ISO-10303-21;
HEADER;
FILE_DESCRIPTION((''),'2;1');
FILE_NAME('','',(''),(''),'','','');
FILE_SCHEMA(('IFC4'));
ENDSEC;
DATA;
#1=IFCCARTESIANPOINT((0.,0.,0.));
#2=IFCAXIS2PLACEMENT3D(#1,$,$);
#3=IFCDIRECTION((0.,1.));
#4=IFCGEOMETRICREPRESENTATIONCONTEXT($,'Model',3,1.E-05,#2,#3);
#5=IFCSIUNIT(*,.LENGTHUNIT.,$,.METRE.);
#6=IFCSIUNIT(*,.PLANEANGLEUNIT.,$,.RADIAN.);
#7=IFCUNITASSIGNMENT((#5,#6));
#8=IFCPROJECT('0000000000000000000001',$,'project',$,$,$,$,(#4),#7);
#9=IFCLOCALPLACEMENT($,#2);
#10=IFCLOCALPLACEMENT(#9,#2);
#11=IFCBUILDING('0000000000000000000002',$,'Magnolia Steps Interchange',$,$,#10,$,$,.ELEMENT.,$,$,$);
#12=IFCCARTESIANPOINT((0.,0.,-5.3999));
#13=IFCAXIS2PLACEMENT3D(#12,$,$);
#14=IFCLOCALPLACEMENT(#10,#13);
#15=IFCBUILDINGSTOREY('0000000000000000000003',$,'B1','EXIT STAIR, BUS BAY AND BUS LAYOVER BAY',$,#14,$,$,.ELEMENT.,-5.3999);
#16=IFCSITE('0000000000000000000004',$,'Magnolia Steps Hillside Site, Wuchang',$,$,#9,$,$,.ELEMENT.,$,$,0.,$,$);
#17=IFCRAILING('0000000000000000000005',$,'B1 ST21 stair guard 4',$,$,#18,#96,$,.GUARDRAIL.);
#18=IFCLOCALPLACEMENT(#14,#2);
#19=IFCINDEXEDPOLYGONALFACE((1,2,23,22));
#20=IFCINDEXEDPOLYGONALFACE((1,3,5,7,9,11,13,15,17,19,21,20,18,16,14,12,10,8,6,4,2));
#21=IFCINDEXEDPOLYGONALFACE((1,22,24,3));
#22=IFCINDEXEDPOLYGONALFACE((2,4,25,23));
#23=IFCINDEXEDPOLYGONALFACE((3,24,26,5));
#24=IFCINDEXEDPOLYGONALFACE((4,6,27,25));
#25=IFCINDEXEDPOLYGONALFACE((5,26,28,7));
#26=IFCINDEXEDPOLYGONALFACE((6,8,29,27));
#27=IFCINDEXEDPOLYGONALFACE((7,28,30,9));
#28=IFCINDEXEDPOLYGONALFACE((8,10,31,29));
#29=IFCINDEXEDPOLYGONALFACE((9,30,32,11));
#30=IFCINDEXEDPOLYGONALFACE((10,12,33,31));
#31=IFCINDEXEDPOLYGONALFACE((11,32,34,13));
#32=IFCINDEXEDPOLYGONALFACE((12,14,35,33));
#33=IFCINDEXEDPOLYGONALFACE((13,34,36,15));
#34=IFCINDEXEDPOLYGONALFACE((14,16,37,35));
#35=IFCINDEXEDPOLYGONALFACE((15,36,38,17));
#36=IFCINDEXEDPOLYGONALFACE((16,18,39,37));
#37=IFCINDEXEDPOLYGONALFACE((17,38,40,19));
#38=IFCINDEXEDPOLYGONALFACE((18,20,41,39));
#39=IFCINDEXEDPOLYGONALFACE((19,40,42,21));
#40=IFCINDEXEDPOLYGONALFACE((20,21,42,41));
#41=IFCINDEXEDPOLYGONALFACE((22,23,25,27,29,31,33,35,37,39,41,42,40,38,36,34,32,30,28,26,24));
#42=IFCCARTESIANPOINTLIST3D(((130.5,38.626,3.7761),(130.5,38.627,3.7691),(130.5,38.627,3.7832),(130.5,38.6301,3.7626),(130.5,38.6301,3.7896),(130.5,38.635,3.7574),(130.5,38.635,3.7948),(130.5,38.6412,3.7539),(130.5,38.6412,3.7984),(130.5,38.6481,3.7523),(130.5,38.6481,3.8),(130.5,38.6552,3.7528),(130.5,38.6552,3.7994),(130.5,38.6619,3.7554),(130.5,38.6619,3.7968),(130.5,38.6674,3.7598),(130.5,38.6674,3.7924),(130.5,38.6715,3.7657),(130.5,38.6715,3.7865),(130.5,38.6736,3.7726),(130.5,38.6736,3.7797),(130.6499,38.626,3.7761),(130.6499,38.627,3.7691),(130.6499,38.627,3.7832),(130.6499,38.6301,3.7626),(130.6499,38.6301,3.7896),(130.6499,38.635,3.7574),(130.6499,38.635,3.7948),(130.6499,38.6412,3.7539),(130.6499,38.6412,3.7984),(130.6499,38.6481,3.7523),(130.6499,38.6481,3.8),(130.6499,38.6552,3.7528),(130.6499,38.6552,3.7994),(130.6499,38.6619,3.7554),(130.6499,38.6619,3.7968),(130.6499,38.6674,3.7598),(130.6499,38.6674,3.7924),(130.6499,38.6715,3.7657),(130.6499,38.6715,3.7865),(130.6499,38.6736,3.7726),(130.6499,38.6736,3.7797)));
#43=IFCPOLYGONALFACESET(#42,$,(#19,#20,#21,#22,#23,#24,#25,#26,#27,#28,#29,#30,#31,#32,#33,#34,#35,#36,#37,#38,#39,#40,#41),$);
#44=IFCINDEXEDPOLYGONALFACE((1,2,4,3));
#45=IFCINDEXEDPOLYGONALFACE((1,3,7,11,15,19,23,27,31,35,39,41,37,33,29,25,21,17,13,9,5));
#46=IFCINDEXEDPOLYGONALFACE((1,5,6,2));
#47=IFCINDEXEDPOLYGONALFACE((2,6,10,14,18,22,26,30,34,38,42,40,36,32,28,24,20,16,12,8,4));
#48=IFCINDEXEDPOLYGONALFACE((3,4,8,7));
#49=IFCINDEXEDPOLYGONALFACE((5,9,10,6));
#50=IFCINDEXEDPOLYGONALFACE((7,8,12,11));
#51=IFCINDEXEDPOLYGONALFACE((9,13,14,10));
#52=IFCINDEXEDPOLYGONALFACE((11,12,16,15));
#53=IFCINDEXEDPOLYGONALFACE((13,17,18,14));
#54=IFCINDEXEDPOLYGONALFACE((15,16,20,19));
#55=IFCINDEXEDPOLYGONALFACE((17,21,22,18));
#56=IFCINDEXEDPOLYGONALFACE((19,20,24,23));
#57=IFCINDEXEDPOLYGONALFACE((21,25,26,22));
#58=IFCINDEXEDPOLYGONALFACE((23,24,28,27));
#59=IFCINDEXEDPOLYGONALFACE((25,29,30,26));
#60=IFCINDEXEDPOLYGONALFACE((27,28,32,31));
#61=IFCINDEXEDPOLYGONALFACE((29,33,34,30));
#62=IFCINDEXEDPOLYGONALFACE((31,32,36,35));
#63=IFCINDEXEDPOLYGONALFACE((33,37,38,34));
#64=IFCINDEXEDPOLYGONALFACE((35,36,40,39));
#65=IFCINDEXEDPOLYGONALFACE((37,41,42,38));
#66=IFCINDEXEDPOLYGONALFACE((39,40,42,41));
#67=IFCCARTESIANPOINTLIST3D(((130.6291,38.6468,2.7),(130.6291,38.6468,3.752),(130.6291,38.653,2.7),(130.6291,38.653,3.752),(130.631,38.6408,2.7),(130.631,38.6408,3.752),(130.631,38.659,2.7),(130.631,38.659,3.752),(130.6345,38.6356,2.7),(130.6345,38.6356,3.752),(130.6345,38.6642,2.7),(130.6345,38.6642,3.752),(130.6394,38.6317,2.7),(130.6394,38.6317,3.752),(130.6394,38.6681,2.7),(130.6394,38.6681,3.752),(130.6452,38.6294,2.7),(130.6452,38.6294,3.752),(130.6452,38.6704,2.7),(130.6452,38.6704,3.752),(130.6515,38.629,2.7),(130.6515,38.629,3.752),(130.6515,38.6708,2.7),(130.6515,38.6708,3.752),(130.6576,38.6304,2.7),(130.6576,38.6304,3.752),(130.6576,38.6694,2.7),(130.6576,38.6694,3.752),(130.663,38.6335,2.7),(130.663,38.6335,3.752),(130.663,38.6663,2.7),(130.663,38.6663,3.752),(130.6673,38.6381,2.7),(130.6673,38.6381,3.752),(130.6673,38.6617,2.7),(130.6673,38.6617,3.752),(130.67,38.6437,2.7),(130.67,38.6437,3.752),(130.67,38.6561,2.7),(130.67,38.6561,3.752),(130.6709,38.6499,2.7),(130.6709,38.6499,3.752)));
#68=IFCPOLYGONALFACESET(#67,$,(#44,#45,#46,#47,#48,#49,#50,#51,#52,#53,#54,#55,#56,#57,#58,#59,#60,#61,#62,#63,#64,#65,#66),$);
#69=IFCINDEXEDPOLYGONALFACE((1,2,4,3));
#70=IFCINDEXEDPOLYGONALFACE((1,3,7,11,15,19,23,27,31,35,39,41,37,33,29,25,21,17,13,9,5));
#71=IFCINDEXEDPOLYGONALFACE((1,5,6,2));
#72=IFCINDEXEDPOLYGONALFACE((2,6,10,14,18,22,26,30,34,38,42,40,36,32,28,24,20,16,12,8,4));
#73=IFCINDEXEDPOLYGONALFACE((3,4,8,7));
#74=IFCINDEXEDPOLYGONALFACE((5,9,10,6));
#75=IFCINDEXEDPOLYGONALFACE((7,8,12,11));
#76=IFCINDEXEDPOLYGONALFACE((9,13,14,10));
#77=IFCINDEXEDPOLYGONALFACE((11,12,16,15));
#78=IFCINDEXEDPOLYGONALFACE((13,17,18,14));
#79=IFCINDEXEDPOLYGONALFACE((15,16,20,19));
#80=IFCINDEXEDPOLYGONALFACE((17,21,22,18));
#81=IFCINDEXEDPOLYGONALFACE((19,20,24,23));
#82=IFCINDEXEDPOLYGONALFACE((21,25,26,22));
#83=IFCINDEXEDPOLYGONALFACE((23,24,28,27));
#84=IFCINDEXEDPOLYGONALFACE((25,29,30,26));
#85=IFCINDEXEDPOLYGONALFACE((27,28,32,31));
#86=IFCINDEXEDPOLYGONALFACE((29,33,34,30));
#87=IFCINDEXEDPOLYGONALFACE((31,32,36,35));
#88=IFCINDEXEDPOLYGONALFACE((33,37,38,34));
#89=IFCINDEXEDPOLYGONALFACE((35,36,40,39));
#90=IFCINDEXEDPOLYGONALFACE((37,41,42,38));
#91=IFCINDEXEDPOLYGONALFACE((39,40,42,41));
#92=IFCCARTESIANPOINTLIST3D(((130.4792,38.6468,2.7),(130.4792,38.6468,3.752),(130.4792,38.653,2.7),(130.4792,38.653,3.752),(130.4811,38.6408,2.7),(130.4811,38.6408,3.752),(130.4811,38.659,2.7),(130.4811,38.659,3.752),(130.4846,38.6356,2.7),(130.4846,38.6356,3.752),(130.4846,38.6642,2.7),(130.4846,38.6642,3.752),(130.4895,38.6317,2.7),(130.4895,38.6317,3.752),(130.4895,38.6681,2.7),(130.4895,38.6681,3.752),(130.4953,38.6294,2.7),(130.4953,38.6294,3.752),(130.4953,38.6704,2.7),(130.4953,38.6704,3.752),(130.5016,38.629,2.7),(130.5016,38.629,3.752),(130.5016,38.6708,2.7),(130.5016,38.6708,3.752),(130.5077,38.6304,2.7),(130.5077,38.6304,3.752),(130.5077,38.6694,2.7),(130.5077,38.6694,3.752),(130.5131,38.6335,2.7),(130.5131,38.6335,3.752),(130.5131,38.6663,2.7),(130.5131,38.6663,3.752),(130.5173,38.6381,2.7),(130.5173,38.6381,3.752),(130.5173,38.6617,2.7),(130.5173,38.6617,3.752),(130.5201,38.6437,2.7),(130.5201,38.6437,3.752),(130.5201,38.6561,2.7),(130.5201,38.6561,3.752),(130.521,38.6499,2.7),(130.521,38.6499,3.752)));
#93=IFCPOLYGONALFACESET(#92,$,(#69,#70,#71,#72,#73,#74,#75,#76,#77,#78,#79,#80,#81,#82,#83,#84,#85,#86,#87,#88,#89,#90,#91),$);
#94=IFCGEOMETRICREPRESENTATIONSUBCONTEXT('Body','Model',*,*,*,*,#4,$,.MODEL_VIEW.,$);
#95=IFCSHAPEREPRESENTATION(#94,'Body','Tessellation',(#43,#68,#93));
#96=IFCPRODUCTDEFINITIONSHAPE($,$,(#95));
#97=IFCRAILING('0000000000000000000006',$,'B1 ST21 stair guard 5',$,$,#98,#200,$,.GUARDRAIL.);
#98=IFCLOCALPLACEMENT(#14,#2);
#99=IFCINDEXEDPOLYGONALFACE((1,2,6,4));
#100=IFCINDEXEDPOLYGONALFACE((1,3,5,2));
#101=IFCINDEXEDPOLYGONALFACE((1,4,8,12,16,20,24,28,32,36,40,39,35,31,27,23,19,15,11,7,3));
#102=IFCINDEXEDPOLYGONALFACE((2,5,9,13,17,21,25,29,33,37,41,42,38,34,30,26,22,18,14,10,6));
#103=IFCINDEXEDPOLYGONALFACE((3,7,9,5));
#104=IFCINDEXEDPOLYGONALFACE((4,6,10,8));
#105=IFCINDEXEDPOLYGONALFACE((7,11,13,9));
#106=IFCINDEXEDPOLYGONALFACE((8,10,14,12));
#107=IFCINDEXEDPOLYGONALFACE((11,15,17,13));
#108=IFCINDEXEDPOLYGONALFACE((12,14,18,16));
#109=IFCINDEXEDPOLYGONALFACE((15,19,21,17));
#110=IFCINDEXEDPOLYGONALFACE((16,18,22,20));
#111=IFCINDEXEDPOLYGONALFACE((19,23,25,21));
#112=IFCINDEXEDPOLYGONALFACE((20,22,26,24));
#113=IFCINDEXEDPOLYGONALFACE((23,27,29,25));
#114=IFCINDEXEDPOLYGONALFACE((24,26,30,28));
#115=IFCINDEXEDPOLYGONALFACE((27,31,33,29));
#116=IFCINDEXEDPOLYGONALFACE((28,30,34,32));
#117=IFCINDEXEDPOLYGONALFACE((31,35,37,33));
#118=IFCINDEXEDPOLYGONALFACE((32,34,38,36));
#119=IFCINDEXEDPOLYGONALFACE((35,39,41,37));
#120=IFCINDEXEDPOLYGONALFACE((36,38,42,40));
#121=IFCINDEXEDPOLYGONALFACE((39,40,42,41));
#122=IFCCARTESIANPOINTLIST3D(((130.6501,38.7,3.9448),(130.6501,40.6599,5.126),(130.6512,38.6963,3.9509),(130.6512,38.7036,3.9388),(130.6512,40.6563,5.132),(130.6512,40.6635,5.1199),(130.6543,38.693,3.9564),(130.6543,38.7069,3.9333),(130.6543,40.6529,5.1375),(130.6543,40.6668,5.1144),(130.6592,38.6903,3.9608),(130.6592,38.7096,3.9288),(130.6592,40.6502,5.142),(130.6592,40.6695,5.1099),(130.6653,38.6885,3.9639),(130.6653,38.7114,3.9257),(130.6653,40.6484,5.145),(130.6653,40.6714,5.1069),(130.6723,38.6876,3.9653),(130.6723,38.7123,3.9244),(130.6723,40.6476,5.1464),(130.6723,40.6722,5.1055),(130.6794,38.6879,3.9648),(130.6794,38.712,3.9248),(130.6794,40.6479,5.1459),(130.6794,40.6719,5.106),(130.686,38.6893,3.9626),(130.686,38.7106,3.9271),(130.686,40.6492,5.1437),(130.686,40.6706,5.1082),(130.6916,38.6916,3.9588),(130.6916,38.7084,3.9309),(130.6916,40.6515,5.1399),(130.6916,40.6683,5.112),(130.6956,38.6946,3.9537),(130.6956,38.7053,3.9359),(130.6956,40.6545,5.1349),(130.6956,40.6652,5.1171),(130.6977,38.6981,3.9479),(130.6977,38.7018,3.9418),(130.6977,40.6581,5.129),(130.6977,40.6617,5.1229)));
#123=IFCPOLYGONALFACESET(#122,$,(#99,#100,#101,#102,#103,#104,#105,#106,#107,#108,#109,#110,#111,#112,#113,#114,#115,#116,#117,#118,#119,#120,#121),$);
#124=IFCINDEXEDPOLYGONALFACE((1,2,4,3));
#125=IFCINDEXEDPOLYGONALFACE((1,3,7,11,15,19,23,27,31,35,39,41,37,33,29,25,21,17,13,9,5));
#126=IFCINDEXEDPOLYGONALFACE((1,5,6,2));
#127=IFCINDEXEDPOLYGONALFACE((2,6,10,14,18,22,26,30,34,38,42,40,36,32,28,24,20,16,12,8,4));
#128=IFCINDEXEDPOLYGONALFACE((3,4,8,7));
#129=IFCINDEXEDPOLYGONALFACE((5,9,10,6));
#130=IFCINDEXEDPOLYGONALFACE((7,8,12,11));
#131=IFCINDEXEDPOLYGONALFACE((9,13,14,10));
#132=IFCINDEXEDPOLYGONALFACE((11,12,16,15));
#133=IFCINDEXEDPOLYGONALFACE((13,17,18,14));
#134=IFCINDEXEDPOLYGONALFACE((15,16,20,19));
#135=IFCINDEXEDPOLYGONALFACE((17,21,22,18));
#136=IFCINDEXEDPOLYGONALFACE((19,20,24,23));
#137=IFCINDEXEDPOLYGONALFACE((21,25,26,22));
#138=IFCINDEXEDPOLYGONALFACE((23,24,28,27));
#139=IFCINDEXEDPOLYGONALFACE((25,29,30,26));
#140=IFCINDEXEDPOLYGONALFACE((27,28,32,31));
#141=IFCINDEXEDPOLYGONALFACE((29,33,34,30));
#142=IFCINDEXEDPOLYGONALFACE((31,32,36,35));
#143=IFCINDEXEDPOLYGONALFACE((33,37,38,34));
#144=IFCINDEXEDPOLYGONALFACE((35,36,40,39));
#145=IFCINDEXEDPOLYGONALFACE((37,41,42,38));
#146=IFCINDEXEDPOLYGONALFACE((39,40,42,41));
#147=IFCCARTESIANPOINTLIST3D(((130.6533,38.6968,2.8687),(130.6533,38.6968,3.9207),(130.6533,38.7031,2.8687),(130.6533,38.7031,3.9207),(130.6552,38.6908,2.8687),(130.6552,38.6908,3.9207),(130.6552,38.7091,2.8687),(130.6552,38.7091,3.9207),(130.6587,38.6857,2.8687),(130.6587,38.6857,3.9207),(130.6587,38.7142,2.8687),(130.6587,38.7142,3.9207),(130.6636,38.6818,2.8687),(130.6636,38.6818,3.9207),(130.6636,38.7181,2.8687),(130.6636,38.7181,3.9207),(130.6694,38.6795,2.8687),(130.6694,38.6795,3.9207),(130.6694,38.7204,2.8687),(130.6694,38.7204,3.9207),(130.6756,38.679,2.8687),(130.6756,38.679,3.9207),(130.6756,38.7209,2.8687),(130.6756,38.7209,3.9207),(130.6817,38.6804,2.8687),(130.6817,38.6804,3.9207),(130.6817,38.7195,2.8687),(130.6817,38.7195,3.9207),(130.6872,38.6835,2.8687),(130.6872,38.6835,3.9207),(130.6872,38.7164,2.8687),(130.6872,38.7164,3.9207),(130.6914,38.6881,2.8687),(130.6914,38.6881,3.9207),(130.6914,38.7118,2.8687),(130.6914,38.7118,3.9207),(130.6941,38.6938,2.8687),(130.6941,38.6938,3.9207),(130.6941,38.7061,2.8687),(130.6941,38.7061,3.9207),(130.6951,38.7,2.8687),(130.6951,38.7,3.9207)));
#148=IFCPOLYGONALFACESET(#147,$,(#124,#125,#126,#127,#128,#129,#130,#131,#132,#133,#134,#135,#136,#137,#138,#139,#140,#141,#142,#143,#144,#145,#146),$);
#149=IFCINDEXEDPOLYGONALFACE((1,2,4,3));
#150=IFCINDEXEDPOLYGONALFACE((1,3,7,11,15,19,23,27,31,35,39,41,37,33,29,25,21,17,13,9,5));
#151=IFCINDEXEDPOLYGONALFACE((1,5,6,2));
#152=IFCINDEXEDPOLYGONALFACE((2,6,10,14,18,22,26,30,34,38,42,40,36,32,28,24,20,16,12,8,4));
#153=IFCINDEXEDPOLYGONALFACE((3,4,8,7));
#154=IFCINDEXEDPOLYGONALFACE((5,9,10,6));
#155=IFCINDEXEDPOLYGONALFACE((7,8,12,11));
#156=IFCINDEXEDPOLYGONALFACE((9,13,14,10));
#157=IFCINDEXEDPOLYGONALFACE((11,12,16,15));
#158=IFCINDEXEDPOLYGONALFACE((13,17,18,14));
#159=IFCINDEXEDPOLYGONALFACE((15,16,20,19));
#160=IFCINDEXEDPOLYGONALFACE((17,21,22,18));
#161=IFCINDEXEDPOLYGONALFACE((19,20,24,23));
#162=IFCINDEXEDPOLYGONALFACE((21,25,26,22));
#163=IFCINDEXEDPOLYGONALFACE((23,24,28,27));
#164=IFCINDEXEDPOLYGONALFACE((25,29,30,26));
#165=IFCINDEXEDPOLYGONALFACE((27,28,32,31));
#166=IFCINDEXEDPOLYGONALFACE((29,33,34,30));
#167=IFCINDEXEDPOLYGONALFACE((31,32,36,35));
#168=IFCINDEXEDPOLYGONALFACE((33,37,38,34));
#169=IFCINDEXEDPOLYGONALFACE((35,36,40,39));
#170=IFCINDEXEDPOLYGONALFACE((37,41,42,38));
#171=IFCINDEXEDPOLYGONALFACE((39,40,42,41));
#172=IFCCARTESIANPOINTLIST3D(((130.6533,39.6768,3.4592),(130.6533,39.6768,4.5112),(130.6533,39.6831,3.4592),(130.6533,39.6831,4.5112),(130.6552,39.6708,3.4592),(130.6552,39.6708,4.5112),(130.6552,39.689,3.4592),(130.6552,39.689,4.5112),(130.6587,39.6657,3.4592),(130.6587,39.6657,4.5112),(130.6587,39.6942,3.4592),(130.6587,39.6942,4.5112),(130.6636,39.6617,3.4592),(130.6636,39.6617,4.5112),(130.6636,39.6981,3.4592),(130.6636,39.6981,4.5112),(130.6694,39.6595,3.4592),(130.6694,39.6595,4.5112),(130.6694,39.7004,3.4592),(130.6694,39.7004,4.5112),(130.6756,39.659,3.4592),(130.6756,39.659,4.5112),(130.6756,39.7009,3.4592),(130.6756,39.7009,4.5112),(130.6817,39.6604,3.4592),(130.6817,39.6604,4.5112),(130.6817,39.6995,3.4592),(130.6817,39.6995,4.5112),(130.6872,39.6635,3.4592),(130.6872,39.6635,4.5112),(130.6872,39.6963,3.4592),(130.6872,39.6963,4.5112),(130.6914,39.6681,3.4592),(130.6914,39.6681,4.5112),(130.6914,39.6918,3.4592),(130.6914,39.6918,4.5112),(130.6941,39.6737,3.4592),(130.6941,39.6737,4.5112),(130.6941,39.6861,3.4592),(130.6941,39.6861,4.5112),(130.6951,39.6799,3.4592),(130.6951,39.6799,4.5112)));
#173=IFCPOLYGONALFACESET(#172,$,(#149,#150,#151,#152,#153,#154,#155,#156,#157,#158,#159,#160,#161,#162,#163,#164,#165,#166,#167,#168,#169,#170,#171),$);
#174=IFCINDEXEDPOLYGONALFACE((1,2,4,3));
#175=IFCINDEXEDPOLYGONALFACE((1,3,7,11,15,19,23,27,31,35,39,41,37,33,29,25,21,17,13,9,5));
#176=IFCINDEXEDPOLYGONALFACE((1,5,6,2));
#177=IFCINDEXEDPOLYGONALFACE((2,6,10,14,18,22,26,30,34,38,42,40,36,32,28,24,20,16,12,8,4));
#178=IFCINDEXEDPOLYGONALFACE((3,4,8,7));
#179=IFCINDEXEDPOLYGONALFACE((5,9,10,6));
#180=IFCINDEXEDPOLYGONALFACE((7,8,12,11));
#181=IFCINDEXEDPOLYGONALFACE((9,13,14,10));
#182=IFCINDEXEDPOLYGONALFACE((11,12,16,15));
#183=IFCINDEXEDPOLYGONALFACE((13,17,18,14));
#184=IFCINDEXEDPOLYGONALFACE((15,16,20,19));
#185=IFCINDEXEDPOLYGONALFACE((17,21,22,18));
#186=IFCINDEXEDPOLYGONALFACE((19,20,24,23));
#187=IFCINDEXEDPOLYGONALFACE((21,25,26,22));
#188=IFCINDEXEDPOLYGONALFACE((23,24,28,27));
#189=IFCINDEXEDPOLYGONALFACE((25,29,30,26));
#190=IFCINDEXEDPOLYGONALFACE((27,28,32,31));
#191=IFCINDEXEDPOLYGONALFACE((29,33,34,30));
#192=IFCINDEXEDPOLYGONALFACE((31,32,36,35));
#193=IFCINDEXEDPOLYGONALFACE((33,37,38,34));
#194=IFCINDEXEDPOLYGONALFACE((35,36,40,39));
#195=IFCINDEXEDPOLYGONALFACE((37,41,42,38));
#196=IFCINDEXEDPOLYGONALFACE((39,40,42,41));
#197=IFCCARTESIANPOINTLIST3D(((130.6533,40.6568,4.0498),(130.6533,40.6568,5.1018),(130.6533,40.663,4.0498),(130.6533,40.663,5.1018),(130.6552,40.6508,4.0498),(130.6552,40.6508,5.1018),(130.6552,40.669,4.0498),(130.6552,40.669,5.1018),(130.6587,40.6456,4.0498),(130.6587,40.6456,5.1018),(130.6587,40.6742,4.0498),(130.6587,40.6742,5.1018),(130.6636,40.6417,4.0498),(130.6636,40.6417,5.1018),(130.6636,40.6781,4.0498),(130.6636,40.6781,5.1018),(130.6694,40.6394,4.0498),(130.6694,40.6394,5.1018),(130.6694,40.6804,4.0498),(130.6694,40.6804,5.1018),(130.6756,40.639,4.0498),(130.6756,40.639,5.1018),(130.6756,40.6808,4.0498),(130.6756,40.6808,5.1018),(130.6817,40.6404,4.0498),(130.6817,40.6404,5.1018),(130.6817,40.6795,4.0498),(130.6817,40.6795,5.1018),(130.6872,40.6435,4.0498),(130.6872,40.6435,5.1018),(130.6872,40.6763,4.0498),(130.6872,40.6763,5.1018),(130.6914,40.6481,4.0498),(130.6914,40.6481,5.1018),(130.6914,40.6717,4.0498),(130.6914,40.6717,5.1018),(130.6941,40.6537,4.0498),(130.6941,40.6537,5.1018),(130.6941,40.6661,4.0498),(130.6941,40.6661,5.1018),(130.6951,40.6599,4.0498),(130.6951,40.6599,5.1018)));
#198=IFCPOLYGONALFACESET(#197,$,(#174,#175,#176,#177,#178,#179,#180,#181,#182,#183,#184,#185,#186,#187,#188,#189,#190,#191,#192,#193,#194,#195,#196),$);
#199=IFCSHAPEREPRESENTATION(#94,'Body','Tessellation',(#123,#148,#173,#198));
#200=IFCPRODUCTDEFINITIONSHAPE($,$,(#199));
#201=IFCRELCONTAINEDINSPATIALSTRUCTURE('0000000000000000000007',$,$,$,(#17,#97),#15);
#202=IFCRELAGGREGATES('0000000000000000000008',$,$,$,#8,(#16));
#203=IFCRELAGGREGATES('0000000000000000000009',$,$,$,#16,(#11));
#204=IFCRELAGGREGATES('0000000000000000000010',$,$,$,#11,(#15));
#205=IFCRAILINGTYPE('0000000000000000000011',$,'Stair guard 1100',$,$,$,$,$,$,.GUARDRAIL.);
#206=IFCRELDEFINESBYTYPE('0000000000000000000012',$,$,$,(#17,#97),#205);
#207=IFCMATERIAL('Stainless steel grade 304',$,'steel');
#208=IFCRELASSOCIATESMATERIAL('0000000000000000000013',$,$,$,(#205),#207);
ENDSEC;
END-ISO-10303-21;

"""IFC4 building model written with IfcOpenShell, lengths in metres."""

from ifc_helpers import new_model, si_unit, direction, frame, origin, origin_2d, place, context, subcontext, project, spatial, circle, extrude, material, type_object, element, save


model = new_model("IFC4")

# Units and contexts
model_context = context("Model", 3, precision=1e-05, world=origin(), true_north=direction((0.0, 1.0)))
body_context = subcontext(model_context, "Body", "Model", "MODEL_VIEW")
ifc_project = project(units=[si_unit("LENGTHUNIT", "METRE"), si_unit("PLANEANGLEUNIT", "RADIAN")], contexts=[model_context])

# Site, building, storey
site_placement = place(None, origin())
site = spatial("IfcSite", under=ifc_project, at=site_placement, Name="Magnolia Steps Hillside Site, Wuchang", CompositionType="ELEMENT", RefElevation=0.0)
building_placement = place(site_placement, origin())
building = spatial("IfcBuilding", under=site, at=building_placement, Name="Magnolia Steps Interchange", CompositionType="ELEMENT")
storey_placement = place(building_placement, frame((0.0, 0.0, -5.3999)))
storey = spatial("IfcBuildingStorey", under=building, at=storey_placement, Name="B1", Description="EXIT STAIR, BUS BAY AND BUS LAYOVER BAY", CompositionType="ELEMENT", Elevation=-5.3999)

# Railings
ifc_material_1 = material(Name="Stainless steel grade 304", Category="steel")
railing_type_1 = type_object("IfcRailingType", Name="Stair guard 1100", PredefinedType="GUARDRAIL", material=ifc_material_1)
railing_1_placement = place(storey_placement, frame((130.6499, 38.6499, 2.7)))
element("IfcRailing", 1, at=railing_1_placement, inside=storey, type_object=railing_type_1, Name="B1 ST21 stair guard 4", PredefinedType="GUARDRAIL", context=body_context, shape_type="SweptSolid", body=[
    extrude(circle(Radius=0.0239, at=origin_2d()), frame((0.0, 0.0, 1.0762), z_axis=(-1.0, 0.0, 0.0), x_axis=(0.0, -1.0, 0.0)), (0.0, 0.0, 1.0), 0.1499),
    extrude(circle(Radius=0.021, at=origin_2d()), origin(), (0.0, 0.0, 1.0), 1.052),
    extrude(circle(Radius=0.021, at=origin_2d()), frame((-0.1499, 0.0, 0.0)), (0.0, 0.0, 1.0), 1.052),
])
railing_2_placement = place(storey_placement, frame((130.6741, 38.7, 2.8687)))
element("IfcRailing", 2, at=railing_2_placement, inside=storey, type_object=railing_type_1, Name="B1 ST21 stair guard 5", PredefinedType="GUARDRAIL", context=body_context, shape_type="SweptSolid", body=[
    extrude(circle(Radius=0.0239, at=origin_2d()), frame((0.0, 0.0, 1.0762), z_axis=(0.0, 0.856493, 0.516158), x_axis=(-1.0, 0.0, 0.0)), (0.0, 0.0, 1.0), 2.2883),
    extrude(circle(Radius=0.021, at=origin_2d()), origin(), (0.0, 0.0, 1.0), 1.052),
    extrude(circle(Radius=0.021, at=origin_2d()), frame((0.0, 0.98, 0.5906)), (0.0, 0.0, 1.0), 1.052),
    extrude(circle(Radius=0.021, at=origin_2d()), frame((0.0, 1.96, 1.1812)), (0.0, 0.0, 1.0), 1.052),
])

save(model, "model.ifc")
